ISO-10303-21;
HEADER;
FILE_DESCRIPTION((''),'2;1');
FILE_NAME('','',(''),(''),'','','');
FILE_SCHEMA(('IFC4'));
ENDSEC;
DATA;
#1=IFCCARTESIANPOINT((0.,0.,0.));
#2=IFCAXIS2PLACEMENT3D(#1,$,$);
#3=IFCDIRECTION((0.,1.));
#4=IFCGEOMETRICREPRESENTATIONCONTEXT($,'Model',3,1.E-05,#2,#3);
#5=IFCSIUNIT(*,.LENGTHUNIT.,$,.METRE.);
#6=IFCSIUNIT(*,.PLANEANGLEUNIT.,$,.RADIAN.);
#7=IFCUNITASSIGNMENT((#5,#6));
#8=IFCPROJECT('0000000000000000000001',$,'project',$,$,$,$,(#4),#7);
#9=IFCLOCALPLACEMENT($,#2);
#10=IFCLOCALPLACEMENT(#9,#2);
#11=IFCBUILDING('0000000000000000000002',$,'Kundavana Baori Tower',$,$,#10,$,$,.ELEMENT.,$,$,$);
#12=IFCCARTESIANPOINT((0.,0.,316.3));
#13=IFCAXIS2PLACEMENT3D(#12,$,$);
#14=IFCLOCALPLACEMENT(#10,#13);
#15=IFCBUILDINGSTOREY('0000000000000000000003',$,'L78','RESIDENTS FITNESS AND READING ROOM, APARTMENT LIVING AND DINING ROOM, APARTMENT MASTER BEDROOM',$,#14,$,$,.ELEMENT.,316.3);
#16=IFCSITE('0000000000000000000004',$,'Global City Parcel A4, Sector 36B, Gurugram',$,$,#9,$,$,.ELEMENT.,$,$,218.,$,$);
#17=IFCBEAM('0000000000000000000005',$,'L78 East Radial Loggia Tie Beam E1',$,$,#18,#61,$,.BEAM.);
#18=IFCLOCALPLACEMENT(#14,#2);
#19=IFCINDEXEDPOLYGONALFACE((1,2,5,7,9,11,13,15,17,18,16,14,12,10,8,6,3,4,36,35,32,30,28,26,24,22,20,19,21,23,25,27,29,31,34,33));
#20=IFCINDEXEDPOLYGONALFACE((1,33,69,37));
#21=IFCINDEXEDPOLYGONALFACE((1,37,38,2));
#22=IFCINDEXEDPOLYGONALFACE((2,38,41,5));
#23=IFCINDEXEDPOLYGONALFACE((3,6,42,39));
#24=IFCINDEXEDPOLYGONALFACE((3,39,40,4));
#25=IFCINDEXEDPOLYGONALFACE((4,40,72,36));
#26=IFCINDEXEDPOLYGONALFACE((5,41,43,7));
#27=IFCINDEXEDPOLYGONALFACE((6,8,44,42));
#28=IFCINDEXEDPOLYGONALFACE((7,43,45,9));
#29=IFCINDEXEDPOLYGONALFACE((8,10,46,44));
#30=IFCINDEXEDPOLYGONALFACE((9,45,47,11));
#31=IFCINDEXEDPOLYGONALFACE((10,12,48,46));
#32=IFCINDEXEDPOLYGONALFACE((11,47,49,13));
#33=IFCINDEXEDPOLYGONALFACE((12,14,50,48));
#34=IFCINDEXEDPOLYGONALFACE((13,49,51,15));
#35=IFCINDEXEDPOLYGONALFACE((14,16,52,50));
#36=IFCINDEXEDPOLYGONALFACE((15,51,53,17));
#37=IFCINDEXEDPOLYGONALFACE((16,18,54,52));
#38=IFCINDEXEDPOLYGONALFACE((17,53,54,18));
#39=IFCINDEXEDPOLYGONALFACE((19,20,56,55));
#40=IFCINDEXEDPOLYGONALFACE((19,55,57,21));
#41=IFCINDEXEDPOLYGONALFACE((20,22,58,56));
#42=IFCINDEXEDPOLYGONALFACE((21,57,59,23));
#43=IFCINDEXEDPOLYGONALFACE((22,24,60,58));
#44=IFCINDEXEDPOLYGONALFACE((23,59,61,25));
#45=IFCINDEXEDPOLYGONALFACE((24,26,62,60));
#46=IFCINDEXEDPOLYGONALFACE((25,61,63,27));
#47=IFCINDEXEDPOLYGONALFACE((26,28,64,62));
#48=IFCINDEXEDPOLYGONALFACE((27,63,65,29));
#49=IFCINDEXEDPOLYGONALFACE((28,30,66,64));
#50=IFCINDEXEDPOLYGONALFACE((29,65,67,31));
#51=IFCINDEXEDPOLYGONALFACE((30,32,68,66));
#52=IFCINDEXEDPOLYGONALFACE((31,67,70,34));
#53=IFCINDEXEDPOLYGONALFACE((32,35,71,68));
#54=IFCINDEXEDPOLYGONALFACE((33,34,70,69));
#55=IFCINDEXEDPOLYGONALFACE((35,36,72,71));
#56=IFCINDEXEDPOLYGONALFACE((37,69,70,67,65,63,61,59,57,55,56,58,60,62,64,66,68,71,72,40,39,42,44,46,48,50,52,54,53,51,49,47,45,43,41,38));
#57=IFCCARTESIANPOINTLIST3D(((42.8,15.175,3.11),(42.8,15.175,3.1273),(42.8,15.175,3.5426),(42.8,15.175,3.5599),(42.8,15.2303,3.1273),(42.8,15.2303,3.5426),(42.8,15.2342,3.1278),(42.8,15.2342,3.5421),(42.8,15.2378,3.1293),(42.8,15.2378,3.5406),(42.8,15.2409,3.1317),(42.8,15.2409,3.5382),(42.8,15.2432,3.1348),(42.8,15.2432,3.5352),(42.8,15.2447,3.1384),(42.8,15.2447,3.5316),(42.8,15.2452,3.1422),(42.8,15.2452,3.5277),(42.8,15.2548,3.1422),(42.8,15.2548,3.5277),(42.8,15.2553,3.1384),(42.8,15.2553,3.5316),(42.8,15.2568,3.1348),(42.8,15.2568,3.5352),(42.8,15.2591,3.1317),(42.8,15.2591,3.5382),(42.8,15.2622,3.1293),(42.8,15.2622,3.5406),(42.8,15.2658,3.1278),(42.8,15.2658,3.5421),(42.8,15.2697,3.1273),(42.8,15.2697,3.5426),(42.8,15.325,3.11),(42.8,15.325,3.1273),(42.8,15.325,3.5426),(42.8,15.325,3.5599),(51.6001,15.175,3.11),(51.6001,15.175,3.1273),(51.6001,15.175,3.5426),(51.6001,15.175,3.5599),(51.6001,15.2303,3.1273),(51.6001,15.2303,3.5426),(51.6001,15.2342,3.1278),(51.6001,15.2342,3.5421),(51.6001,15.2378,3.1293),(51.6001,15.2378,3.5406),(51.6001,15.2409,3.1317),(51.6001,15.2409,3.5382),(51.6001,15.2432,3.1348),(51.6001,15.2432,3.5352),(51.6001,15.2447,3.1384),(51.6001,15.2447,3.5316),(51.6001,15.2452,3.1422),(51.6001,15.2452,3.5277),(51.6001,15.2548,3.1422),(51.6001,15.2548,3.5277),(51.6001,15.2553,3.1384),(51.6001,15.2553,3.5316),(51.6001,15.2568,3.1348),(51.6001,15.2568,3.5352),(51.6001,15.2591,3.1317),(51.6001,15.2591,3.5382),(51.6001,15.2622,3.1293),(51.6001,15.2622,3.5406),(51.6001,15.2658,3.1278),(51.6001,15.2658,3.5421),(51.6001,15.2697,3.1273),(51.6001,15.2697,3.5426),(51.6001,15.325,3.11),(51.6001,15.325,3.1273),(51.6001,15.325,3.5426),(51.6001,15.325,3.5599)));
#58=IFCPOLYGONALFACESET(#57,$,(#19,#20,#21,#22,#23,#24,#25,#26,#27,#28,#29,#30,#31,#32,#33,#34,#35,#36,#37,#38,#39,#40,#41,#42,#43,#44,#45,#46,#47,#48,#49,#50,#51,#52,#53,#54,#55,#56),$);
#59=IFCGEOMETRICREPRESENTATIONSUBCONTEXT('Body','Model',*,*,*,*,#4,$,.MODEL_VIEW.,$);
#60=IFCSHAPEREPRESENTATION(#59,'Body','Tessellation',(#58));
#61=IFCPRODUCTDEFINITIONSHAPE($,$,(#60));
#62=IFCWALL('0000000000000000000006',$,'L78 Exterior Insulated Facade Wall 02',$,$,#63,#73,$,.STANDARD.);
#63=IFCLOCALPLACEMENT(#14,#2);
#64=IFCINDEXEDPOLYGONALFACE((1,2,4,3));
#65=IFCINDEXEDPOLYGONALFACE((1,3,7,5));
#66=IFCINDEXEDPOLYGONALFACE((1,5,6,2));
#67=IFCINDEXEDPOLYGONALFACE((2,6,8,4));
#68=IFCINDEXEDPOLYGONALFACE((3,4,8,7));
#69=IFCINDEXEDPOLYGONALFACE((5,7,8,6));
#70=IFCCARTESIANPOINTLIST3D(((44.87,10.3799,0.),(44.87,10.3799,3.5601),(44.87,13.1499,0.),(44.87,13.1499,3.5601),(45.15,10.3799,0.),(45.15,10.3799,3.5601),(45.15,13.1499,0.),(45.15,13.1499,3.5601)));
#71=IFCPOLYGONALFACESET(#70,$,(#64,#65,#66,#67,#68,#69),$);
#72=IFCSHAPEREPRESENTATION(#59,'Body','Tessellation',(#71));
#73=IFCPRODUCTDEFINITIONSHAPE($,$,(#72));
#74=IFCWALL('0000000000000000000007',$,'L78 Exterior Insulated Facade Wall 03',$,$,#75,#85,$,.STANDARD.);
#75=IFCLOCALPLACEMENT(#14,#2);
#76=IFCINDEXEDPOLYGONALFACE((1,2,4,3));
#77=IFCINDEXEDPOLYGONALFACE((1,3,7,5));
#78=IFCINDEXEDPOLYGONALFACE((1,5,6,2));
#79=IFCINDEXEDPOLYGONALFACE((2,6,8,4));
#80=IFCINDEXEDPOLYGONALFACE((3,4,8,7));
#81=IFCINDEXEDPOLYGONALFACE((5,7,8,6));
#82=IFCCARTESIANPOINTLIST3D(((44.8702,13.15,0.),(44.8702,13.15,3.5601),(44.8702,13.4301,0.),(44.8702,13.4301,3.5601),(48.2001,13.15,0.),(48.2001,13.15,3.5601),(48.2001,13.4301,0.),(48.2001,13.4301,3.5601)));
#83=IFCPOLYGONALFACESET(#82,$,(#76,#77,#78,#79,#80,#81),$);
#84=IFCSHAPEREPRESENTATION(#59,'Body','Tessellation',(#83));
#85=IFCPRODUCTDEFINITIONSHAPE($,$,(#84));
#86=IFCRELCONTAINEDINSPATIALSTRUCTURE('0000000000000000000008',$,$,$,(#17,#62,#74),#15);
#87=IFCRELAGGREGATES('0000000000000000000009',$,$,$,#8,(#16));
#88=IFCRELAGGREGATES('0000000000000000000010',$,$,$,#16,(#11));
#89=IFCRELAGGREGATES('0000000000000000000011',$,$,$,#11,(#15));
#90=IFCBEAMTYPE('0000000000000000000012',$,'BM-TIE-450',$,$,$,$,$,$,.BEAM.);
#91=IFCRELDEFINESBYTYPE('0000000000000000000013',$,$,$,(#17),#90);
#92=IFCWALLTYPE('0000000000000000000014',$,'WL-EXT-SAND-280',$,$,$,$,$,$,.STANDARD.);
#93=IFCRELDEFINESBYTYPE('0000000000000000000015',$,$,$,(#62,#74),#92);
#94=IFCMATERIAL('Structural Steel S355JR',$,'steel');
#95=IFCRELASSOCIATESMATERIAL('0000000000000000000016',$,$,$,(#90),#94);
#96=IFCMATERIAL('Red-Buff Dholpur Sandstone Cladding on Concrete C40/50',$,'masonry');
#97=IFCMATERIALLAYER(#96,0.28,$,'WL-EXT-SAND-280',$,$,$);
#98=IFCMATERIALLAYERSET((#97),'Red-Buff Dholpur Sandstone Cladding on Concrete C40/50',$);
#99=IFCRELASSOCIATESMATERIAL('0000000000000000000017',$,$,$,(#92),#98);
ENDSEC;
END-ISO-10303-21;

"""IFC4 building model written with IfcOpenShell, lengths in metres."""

from ifc_helpers import new_model, si_unit, direction, frame, frame_2d, origin, origin_2d, place, context, subcontext, project, spatial, rectangle, i_section, extrude, material, layer, layer_set, material_profile, profile_set, type_object, element, save


model = new_model("IFC4")

# Units and contexts
model_context = context("Model", 3, precision=1e-05, world=origin(), true_north=direction((0.0, 1.0)))
body_context = subcontext(model_context, "Body", "Model", "MODEL_VIEW")
ifc_project = project(units=[si_unit("LENGTHUNIT", "METRE"), si_unit("PLANEANGLEUNIT", "RADIAN")], contexts=[model_context])

# Site, building, storey
site_placement = place(None, origin())
site = spatial("IfcSite", under=ifc_project, at=site_placement, Name="Global City Parcel A4, Sector 36B, Gurugram", CompositionType="ELEMENT", RefElevation=218.0)
building_placement = place(site_placement, origin())
building = spatial("IfcBuilding", under=site, at=building_placement, Name="Kundavana Baori Tower", CompositionType="ELEMENT")
storey_placement = place(building_placement, frame((0.0, 0.0, 316.3)))
storey = spatial("IfcBuildingStorey", under=building, at=storey_placement, Name="L78", Description="RESIDENTS FITNESS AND READING ROOM, APARTMENT LIVING AND DINING ROOM, APARTMENT MASTER BEDROOM", CompositionType="ELEMENT", Elevation=316.3)

# Beam
ifc_material_1 = material(Name="Structural Steel S355JR", Category="steel")
ifc_material_profile_1 = material_profile(ifc_material_1, i_section(OverallWidth=0.1499, OverallDepth=0.45, WebThickness=0.0095, FlangeThickness=0.0173, FilletRadius=0.0149, at=origin_2d()), Name="ISMB 450")
ifc_profile_set_1 = profile_set([ifc_material_profile_1], Name="Structural Steel S355JR")
beam_type_1 = type_object("IfcBeamType", Name="BM-TIE-450", PredefinedType="BEAM", material=ifc_profile_set_1)
beam_1_placement = place(storey_placement, frame((42.8, 15.25, 3.335), z_axis=(1.0, 0.0, 0.0), x_axis=(0.0, 1.0, 0.0)))
element("IfcBeam", 1, at=beam_1_placement, inside=storey, type_object=beam_type_1, Name="L78 East Radial Loggia Tie Beam E1", PredefinedType="BEAM", context=body_context, shape_type="SweptSolid", body=[
    extrude(i_section(OverallWidth=0.1499, OverallDepth=0.45, WebThickness=0.0095, FlangeThickness=0.0173, FilletRadius=0.0149, at=origin_2d()), origin(), (0.0, 0.0, 1.0), 8.8),
])

# Walls
ifc_material_2 = material(Name="Red-Buff Dholpur Sandstone Cladding on Concrete C40/50", Category="masonry")
ifc_layer_1 = layer(ifc_material_2, 0.28, Name="WL-EXT-SAND-280")
ifc_layer_set_1 = layer_set([ifc_layer_1], Name="Red-Buff Dholpur Sandstone Cladding on Concrete C40/50")
wall_type_1 = type_object("IfcWallType", Name="WL-EXT-SAND-280", PredefinedType="STANDARD", material=ifc_layer_set_1)
wall_1_placement = place(storey_placement, frame((45.01, 10.3799, 0.0), z_axis=(0.0, 0.0, 1.0), x_axis=(0.0, 1.0, 0.0)))
element("IfcWall", 2, at=wall_1_placement, inside=storey, type_object=wall_type_1, Name="L78 Exterior Insulated Facade Wall 02", PredefinedType="STANDARD", context=body_context, shape_type="SweptSolid", body=[
    extrude(rectangle(XDim=2.77, YDim=0.28, at=frame_2d((1.385, 0.0))), origin(), (0.0, 0.0, 1.0), 3.5601),
])
wall_2_placement = place(storey_placement, frame((44.8701, 13.29, 0.0), z_axis=(0.0, 0.0, 1.0), x_axis=(1.0, 0.0, 0.0)))
element("IfcWall", 3, at=wall_2_placement, inside=storey, type_object=wall_type_1, Name="L78 Exterior Insulated Facade Wall 03", PredefinedType="STANDARD", context=body_context, shape_type="SweptSolid", body=[
    extrude(rectangle(XDim=3.3298, YDim=0.28, at=frame_2d((1.665, 0.0))), origin(), (0.0, 0.0, 1.0), 3.5601),
])

save(model, "model.ifc")
